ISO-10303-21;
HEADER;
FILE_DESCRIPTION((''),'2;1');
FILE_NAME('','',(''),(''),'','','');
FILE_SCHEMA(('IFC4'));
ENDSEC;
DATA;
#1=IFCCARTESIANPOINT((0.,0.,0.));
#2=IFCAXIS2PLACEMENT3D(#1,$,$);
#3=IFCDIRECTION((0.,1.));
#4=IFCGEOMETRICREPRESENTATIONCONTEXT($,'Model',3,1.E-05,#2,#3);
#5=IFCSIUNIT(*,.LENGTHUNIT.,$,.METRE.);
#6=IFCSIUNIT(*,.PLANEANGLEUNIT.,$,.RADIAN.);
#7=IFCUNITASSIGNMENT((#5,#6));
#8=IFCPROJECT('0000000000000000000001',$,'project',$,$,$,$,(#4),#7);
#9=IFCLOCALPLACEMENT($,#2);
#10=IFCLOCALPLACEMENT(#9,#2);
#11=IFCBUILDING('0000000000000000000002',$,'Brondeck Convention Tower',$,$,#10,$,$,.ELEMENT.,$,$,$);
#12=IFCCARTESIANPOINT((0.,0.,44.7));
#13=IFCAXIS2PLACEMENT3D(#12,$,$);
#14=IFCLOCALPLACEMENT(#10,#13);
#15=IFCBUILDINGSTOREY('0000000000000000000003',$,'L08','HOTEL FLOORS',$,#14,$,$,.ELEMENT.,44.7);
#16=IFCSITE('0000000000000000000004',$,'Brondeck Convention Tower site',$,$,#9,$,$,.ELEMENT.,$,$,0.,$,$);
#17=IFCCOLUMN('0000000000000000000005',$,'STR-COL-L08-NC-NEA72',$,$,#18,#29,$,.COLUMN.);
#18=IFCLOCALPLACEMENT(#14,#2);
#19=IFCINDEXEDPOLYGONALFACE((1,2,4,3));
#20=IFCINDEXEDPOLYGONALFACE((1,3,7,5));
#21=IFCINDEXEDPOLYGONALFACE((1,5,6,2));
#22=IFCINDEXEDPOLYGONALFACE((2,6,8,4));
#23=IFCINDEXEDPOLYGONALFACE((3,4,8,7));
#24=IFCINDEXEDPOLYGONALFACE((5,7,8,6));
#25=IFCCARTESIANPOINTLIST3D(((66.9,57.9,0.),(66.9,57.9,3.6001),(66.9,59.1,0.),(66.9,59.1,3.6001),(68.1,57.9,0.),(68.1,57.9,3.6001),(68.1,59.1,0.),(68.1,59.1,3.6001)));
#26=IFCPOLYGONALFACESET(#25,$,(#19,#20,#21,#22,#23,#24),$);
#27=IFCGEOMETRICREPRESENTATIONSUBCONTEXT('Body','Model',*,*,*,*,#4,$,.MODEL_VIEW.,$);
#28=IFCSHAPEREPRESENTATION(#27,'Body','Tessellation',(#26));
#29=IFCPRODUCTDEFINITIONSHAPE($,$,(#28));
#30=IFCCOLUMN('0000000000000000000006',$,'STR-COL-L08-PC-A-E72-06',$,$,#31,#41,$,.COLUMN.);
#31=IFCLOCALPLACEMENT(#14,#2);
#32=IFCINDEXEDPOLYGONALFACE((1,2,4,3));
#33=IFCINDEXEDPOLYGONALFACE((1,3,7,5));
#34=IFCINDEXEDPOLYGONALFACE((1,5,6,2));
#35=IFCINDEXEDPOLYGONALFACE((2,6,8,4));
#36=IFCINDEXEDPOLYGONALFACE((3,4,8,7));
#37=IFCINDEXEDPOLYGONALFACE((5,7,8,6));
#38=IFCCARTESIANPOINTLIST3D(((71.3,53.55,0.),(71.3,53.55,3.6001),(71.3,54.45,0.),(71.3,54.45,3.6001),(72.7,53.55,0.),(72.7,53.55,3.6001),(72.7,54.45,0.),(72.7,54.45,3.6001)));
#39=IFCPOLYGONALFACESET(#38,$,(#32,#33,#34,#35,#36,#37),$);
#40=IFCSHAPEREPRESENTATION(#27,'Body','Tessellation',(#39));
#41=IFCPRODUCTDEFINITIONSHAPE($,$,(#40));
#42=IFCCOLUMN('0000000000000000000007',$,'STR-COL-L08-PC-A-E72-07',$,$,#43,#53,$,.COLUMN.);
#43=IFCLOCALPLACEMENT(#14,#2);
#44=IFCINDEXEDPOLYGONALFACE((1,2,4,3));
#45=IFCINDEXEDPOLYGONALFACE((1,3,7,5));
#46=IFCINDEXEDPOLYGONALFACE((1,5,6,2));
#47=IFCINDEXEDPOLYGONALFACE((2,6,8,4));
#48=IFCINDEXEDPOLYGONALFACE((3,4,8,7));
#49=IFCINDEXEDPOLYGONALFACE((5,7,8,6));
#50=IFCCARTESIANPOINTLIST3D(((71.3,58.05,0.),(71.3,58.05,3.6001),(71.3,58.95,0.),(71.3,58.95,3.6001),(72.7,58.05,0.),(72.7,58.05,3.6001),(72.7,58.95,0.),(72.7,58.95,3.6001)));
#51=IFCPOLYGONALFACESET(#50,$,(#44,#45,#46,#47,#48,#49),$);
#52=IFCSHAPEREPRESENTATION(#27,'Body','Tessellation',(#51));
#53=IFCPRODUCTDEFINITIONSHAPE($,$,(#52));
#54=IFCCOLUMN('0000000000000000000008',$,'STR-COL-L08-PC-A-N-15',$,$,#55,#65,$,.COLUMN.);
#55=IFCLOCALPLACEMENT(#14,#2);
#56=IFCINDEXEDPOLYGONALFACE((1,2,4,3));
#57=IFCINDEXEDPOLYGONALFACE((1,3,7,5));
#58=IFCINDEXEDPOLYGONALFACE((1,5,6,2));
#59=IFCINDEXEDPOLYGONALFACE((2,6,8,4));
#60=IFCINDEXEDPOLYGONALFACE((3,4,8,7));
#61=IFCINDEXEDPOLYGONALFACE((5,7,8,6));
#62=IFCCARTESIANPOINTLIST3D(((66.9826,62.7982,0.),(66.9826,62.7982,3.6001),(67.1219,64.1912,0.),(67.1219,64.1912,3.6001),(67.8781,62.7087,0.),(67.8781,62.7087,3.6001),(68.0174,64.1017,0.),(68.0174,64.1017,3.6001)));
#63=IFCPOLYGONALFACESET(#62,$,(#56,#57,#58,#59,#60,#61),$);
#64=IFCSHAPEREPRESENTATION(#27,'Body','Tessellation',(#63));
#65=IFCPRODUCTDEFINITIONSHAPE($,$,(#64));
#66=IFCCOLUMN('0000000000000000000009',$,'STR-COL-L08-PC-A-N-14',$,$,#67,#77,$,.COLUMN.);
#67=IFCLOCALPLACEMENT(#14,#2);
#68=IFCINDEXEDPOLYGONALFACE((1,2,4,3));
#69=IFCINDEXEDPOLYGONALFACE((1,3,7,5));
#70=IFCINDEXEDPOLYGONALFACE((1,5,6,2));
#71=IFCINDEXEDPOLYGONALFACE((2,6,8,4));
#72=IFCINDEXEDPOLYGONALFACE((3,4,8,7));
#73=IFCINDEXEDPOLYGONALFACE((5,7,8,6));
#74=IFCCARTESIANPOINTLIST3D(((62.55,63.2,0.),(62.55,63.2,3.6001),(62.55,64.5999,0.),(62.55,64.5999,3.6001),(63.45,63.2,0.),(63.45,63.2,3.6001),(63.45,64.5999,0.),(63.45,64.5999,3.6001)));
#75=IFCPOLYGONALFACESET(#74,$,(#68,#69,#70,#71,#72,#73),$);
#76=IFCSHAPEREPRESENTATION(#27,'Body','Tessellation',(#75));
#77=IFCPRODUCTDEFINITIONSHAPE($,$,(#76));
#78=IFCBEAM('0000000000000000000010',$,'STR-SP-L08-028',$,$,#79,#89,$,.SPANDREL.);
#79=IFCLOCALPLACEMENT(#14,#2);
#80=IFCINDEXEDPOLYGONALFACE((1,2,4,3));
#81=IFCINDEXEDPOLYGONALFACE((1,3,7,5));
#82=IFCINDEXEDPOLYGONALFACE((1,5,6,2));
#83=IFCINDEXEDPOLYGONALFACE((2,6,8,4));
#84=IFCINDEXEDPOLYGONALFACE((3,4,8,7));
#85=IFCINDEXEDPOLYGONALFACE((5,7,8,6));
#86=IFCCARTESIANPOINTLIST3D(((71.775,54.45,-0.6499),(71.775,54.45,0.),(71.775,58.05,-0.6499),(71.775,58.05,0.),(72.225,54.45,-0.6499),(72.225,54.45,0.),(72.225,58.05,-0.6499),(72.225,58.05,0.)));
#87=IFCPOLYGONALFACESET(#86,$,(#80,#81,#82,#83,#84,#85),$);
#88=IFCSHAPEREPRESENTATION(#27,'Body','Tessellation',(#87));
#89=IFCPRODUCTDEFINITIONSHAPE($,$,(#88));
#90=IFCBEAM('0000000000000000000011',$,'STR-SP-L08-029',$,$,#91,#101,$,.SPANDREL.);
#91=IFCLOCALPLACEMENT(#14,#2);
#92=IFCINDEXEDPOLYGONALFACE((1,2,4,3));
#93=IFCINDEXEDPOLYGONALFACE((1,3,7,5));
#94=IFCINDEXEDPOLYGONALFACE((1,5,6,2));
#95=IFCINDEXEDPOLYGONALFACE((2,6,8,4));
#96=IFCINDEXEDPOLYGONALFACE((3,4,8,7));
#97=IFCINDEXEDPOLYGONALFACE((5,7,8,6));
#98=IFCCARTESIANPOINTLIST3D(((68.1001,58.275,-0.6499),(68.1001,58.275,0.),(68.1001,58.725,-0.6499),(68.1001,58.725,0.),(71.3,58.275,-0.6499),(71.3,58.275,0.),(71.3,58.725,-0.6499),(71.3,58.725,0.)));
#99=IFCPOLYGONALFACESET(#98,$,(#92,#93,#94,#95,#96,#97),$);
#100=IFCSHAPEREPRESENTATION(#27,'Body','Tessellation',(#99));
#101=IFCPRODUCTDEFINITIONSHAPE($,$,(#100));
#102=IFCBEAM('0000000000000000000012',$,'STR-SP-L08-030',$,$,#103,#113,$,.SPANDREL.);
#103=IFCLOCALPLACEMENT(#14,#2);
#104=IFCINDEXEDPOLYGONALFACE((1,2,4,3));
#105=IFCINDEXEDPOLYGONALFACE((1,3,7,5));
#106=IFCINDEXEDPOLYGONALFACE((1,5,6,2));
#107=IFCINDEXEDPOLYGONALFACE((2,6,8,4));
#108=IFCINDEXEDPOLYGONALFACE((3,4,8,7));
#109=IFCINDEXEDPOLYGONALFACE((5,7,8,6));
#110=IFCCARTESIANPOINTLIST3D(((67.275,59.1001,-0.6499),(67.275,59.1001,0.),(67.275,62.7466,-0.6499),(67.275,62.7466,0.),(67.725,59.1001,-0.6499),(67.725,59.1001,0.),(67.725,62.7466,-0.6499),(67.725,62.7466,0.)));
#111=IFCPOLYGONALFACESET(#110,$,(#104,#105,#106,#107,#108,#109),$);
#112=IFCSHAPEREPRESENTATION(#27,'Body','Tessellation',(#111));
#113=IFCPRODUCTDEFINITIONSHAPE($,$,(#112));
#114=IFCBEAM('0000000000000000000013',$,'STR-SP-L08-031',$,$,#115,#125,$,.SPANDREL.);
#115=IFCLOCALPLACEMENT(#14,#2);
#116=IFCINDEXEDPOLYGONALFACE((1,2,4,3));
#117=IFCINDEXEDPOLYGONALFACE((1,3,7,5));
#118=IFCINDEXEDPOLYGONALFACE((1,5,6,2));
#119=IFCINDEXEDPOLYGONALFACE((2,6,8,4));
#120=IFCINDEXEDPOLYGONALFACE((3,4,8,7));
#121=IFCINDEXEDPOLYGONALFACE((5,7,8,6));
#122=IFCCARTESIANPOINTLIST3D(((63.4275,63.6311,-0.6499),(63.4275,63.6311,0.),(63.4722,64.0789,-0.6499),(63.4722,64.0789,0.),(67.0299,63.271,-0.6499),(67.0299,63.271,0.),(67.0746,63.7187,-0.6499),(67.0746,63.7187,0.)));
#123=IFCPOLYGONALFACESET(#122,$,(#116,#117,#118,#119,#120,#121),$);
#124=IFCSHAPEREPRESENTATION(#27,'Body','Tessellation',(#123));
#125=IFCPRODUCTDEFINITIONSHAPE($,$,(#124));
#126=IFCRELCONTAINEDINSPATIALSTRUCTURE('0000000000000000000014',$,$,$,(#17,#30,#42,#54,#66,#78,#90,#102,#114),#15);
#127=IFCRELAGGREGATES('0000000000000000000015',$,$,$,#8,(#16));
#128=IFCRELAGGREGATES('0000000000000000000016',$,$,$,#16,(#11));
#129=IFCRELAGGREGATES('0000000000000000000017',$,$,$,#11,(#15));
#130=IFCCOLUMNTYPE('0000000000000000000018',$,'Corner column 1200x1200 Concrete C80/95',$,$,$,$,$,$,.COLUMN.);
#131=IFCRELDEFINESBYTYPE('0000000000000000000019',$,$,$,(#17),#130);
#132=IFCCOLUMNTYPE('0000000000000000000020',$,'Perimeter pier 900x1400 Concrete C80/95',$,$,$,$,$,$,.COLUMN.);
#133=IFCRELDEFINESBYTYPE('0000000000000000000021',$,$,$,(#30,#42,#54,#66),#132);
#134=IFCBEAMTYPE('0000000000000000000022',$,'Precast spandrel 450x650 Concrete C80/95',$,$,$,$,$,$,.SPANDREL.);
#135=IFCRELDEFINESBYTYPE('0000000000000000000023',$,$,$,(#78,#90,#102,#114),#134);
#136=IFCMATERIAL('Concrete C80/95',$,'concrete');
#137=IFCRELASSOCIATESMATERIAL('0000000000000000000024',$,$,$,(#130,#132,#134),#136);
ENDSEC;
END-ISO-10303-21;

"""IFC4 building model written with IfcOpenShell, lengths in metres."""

from ifc_helpers import new_model, si_unit, direction, frame, origin, origin_2d, place, context, subcontext, project, spatial, rectangle, extrude, material, material_profile, profile_set, type_object, element, save


model = new_model("IFC4")

# Units and contexts
model_context = context("Model", 3, precision=1e-05, world=origin(), true_north=direction((0.0, 1.0)))
body_context = subcontext(model_context, "Body", "Model", "MODEL_VIEW")
ifc_project = project(units=[si_unit("LENGTHUNIT", "METRE"), si_unit("PLANEANGLEUNIT", "RADIAN")], contexts=[model_context])

# Site, building, storey
site_placement = place(None, origin())
site = spatial("IfcSite", under=ifc_project, at=site_placement, Name="Brondeck Convention Tower site", CompositionType="ELEMENT", RefElevation=0.0)
building_placement = place(site_placement, origin())
building = spatial("IfcBuilding", under=site, at=building_placement, Name="Brondeck Convention Tower", CompositionType="ELEMENT")
storey_placement = place(building_placement, frame((0.0, 0.0, 44.7)))
storey = spatial("IfcBuildingStorey", under=building, at=storey_placement, Name="L08", Description="HOTEL FLOORS", CompositionType="ELEMENT", Elevation=44.7)

# Columns
ifc_material_1 = material(Name="Concrete C80/95", Category="concrete")
ifc_material_profile_1 = material_profile(ifc_material_1, rectangle(XDim=1.2, YDim=1.2, at=origin_2d()), Name="Corner column 1200x1200 Concrete C80/95")
ifc_profile_set_1 = profile_set([ifc_material_profile_1], Name="Concrete C80/95")
column_type_1 = type_object("IfcColumnType", Name="Corner column 1200x1200 Concrete C80/95", PredefinedType="COLUMN", material=ifc_profile_set_1)
column_placement = place(storey_placement, frame((67.5, 58.5, 0.0), z_axis=(0.0, 0.0, 1.0), x_axis=(1.0, 0.0, 0.0)))
element("IfcColumn", 1, at=column_placement, inside=storey, type_object=column_type_1, Name="STR-COL-L08-NC-NEA72", PredefinedType="COLUMN", context=body_context, shape_type="SweptSolid", body=[
    extrude(rectangle(XDim=1.2, YDim=1.2, at=origin_2d()), origin(), (0.0, 0.0, 1.0), 3.6001),
])
ifc_material_profile_2 = material_profile(ifc_material_1, rectangle(XDim=0.8999, YDim=1.3999, at=origin_2d()), Name="Perimeter pier 900x1400 Concrete C80/95")
ifc_profile_set_2 = profile_set([ifc_material_profile_2], Name="Concrete C80/95")
column_type_2 = type_object("IfcColumnType", Name="Perimeter pier 900x1400 Concrete C80/95", PredefinedType="COLUMN", material=ifc_profile_set_2)
for number, where, z_axis, x_axis, name in (
    (2, (72.0, 54.0, 0.0), (0.0, 0.0, 1.0), (0.0, 1.0, 0.0), "STR-COL-L08-PC-A-E72-06"),
    (3, (72.0, 58.5, 0.0), (0.0, 0.0, 1.0), (0.0, 1.0, 0.0), "STR-COL-L08-PC-A-E72-07"),
    (4, (67.5, 63.45, 0.0), (0.0, 0.0, 1.0), (-0.995037, 0.099504, 0.0), "STR-COL-L08-PC-A-N-15"),
    (5, (63.0, 63.8999, 0.0), (0.0, 0.0, 1.0), (-1.0, 0.0, 0.0), "STR-COL-L08-PC-A-N-14"),
):
    element("IfcColumn", number, at=place(storey_placement, frame(where, z_axis=z_axis, x_axis=x_axis)), inside=storey, type_object=column_type_2, Name=name, PredefinedType="COLUMN", context=body_context, shape_type="SweptSolid", body=[
        extrude(rectangle(XDim=0.8999, YDim=1.3999, at=origin_2d()), origin(), (0.0, 0.0, 1.0), 3.6001),
    ])

# Beams
ifc_material_profile_3 = material_profile(ifc_material_1, rectangle(XDim=0.45, YDim=0.6499, at=origin_2d()), Name="Precast spandrel 450x650 Concrete C80/95")
ifc_profile_set_3 = profile_set([ifc_material_profile_3], Name="Concrete C80/95")
beam_type = type_object("IfcBeamType", Name="Precast spandrel 450x650 Concrete C80/95", PredefinedType="SPANDREL", material=ifc_profile_set_3)
beam_1_placement = place(storey_placement, frame((72.0, 54.45, -0.325), z_axis=(0.0, 1.0, 0.0), x_axis=(-1.0, 0.0, 0.0)))
element("IfcBeam", 6, at=beam_1_placement, inside=storey, type_object=beam_type, Name="STR-SP-L08-028", PredefinedType="SPANDREL", context=body_context, shape_type="SweptSolid", body=[
    extrude(rectangle(XDim=0.45, YDim=0.6499, at=origin_2d()), origin(), (0.0, 0.0, 1.0), 3.6001),
])
beam_2_placement = place(storey_placement, frame((71.3, 58.5, -0.325), z_axis=(-1.0, 0.0, 0.0), x_axis=(0.0, -1.0, 0.0)))
element("IfcBeam", 7, at=beam_2_placement, inside=storey, type_object=beam_type, Name="STR-SP-L08-029", PredefinedType="SPANDREL", context=body_context, shape_type="SweptSolid", body=[
    extrude(rectangle(XDim=0.45, YDim=0.6499, at=origin_2d()), origin(), (0.0, 0.0, 1.0), 3.2),
])
beam_3_placement = place(storey_placement, frame((67.5, 59.1001, -0.325), z_axis=(0.0, 1.0, 0.0), x_axis=(-1.0, 0.0, 0.0)))
element("IfcBeam", 8, at=beam_3_placement, inside=storey, type_object=beam_type, Name="STR-SP-L08-030", PredefinedType="SPANDREL", context=body_context, shape_type="SweptSolid", body=[
    extrude(rectangle(XDim=0.45, YDim=0.6499, at=origin_2d()), origin(), (0.0, 0.0, 1.0), 3.6465),
])
beam_4_placement = place(storey_placement, frame((67.0522, 63.4949, -0.325), z_axis=(-0.995041, 0.09947, 0.0), x_axis=(-0.09947, -0.995041, 0.0)))
element("IfcBeam", 9, at=beam_4_placement, inside=storey, type_object=beam_type, Name="STR-SP-L08-031", PredefinedType="SPANDREL", context=body_context, shape_type="SweptSolid", body=[
    extrude(rectangle(XDim=0.45, YDim=0.6499, at=origin_2d()), origin(), (0.0, 0.0, 1.0), 3.6204),
])

save(model, "model.ifc")
